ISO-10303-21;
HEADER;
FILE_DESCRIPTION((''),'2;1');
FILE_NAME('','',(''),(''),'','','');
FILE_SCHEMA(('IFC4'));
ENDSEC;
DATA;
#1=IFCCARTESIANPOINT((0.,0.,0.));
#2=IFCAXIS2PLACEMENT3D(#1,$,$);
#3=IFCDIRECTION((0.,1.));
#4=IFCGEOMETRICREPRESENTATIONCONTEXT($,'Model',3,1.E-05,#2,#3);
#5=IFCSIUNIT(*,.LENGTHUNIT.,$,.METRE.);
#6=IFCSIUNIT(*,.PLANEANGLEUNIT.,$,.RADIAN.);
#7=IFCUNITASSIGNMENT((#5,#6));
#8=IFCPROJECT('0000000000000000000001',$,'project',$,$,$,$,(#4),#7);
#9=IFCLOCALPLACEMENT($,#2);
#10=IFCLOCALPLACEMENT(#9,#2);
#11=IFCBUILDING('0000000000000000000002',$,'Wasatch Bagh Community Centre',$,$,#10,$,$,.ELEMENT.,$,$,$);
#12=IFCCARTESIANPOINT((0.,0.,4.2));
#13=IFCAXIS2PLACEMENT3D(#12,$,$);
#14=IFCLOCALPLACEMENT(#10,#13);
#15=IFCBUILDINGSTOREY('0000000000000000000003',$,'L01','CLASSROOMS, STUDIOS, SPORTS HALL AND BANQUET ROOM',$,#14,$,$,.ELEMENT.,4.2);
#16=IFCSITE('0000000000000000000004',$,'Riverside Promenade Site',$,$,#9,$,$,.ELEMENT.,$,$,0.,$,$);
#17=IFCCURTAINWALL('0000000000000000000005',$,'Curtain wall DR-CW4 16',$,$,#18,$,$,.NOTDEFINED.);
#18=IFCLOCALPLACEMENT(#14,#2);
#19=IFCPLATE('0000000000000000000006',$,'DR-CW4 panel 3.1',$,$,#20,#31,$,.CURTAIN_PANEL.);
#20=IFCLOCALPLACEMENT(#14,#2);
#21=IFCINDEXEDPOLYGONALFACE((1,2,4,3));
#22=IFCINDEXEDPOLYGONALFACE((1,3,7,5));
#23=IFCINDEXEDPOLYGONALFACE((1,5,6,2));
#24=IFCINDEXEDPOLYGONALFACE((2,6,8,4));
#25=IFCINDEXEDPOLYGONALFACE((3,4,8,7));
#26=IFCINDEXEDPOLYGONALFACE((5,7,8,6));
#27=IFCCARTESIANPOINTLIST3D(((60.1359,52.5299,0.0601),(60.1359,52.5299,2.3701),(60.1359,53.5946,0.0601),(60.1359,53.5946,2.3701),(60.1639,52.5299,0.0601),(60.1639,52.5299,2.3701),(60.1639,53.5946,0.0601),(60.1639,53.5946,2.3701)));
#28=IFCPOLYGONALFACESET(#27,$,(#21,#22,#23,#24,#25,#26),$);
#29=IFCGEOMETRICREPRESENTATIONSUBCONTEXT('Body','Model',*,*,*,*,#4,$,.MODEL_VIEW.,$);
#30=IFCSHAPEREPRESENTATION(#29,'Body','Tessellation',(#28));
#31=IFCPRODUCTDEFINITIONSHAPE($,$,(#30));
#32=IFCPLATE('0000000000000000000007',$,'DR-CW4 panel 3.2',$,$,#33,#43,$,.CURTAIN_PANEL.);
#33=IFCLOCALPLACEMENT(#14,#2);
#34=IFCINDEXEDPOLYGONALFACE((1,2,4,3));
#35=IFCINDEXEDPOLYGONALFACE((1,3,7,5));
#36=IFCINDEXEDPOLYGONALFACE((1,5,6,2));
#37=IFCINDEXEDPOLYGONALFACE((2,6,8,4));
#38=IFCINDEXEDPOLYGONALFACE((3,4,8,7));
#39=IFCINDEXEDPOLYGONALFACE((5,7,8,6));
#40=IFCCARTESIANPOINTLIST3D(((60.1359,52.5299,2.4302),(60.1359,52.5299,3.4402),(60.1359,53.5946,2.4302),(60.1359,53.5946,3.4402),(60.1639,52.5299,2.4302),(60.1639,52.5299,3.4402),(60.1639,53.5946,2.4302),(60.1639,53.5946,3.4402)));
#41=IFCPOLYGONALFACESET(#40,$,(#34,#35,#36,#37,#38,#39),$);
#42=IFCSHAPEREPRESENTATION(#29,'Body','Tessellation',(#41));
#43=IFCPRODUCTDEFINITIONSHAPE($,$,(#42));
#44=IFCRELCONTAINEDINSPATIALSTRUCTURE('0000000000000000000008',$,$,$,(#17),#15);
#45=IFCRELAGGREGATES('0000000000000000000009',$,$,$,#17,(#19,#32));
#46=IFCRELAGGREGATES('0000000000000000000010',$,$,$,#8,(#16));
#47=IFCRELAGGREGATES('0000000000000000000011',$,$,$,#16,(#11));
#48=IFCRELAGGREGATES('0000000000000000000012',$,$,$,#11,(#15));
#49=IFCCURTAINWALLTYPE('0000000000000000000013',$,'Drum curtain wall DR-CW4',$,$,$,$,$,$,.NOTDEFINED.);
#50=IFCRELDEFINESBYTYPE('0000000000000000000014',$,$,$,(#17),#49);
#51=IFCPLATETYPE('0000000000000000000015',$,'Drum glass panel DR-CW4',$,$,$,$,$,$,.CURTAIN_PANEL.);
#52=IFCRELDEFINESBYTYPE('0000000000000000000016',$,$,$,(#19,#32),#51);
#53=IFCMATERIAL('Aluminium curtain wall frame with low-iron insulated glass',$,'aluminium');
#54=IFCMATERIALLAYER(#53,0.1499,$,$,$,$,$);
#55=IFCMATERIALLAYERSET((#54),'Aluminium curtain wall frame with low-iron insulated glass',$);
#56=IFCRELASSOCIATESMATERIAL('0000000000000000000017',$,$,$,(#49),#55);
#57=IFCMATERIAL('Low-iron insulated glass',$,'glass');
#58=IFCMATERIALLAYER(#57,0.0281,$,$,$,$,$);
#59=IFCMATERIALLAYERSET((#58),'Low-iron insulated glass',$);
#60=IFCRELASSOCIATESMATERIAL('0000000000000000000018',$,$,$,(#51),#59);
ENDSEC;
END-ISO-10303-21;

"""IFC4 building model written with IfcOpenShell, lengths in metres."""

from ifc_helpers import new_model, si_unit, direction, frame, origin, origin_2d, place, context, subcontext, project, spatial, rectangle, extrude, material, layer, layer_set, type_object, element, aggregate, save


model = new_model("IFC4")

# Units and contexts
model_context = context("Model", 3, precision=1e-05, world=origin(), true_north=direction((0.0, 1.0)))
body_context = subcontext(model_context, "Body", "Model", "MODEL_VIEW")
ifc_project = project(units=[si_unit("LENGTHUNIT", "METRE"), si_unit("PLANEANGLEUNIT", "RADIAN")], contexts=[model_context])

# Site, building, storey
site_placement = place(None, origin())
site = spatial("IfcSite", under=ifc_project, at=site_placement, Name="Riverside Promenade Site", CompositionType="ELEMENT", RefElevation=0.0)
building_placement = place(site_placement, origin())
building = spatial("IfcBuilding", under=site, at=building_placement, Name="Wasatch Bagh Community Centre", CompositionType="ELEMENT")
storey_placement = place(building_placement, frame((0.0, 0.0, 4.2)))
storey = spatial("IfcBuildingStorey", under=building, at=storey_placement, Name="L01", Description="CLASSROOMS, STUDIOS, SPORTS HALL AND BANQUET ROOM", CompositionType="ELEMENT", Elevation=4.2)

# Curtain wall
ifc_material_1 = material(Name="Aluminium curtain wall frame with low-iron insulated glass", Category="aluminium")
ifc_layer_1 = layer(ifc_material_1, 0.1499)
ifc_layer_set_1 = layer_set([ifc_layer_1], Name="Aluminium curtain wall frame with low-iron insulated glass")
curtain_wall_type = type_object("IfcCurtainWallType", Name="Drum curtain wall DR-CW4", PredefinedType="NOTDEFINED", material=ifc_layer_set_1)
curtain_wall_1_placement = place(storey_placement, origin())
curtain_wall_1 = element("IfcCurtainWall", 1, at=curtain_wall_1_placement, inside=storey, type_object=curtain_wall_type, Name="Curtain wall DR-CW4 16", PredefinedType="NOTDEFINED")

# Plates
ifc_material_2 = material(Name="Low-iron insulated glass", Category="glass")
ifc_layer_2 = layer(ifc_material_2, 0.0281)
ifc_layer_set_2 = layer_set([ifc_layer_2], Name="Low-iron insulated glass")
plate_type = type_object("IfcPlateType", Name="Drum glass panel DR-CW4", PredefinedType="CURTAIN_PANEL", material=ifc_layer_set_2)
plate_1_placement = place(storey_placement, frame((60.1499, 53.0623, 0.0601), z_axis=(0.0, 0.0, 1.0), x_axis=(0.0, 1.0, 0.0)))
plate_1 = element("IfcPlate", 2, at=plate_1_placement, type_object=plate_type, Name="DR-CW4 panel 3.1", PredefinedType="CURTAIN_PANEL", context=body_context, shape_type="SweptSolid", body=[
    extrude(rectangle(XDim=1.0647, YDim=0.0281, at=origin_2d()), origin(), (0.0, 0.0, 1.0), 2.3101),
])
plate_2_placement = place(storey_placement, frame((60.1499, 53.0623, 2.4302), z_axis=(0.0, 0.0, 1.0), x_axis=(0.0, 1.0, 0.0)))
plate_2 = element("IfcPlate", 3, at=plate_2_placement, type_object=plate_type, Name="DR-CW4 panel 3.2", PredefinedType="CURTAIN_PANEL", context=body_context, shape_type="SweptSolid", body=[
    extrude(rectangle(XDim=1.0647, YDim=0.0281, at=origin_2d()), origin(), (0.0, 0.0, 1.0), 1.01),
])
aggregate(curtain_wall_1, [plate_1, plate_2])

save(model, "model.ifc")
